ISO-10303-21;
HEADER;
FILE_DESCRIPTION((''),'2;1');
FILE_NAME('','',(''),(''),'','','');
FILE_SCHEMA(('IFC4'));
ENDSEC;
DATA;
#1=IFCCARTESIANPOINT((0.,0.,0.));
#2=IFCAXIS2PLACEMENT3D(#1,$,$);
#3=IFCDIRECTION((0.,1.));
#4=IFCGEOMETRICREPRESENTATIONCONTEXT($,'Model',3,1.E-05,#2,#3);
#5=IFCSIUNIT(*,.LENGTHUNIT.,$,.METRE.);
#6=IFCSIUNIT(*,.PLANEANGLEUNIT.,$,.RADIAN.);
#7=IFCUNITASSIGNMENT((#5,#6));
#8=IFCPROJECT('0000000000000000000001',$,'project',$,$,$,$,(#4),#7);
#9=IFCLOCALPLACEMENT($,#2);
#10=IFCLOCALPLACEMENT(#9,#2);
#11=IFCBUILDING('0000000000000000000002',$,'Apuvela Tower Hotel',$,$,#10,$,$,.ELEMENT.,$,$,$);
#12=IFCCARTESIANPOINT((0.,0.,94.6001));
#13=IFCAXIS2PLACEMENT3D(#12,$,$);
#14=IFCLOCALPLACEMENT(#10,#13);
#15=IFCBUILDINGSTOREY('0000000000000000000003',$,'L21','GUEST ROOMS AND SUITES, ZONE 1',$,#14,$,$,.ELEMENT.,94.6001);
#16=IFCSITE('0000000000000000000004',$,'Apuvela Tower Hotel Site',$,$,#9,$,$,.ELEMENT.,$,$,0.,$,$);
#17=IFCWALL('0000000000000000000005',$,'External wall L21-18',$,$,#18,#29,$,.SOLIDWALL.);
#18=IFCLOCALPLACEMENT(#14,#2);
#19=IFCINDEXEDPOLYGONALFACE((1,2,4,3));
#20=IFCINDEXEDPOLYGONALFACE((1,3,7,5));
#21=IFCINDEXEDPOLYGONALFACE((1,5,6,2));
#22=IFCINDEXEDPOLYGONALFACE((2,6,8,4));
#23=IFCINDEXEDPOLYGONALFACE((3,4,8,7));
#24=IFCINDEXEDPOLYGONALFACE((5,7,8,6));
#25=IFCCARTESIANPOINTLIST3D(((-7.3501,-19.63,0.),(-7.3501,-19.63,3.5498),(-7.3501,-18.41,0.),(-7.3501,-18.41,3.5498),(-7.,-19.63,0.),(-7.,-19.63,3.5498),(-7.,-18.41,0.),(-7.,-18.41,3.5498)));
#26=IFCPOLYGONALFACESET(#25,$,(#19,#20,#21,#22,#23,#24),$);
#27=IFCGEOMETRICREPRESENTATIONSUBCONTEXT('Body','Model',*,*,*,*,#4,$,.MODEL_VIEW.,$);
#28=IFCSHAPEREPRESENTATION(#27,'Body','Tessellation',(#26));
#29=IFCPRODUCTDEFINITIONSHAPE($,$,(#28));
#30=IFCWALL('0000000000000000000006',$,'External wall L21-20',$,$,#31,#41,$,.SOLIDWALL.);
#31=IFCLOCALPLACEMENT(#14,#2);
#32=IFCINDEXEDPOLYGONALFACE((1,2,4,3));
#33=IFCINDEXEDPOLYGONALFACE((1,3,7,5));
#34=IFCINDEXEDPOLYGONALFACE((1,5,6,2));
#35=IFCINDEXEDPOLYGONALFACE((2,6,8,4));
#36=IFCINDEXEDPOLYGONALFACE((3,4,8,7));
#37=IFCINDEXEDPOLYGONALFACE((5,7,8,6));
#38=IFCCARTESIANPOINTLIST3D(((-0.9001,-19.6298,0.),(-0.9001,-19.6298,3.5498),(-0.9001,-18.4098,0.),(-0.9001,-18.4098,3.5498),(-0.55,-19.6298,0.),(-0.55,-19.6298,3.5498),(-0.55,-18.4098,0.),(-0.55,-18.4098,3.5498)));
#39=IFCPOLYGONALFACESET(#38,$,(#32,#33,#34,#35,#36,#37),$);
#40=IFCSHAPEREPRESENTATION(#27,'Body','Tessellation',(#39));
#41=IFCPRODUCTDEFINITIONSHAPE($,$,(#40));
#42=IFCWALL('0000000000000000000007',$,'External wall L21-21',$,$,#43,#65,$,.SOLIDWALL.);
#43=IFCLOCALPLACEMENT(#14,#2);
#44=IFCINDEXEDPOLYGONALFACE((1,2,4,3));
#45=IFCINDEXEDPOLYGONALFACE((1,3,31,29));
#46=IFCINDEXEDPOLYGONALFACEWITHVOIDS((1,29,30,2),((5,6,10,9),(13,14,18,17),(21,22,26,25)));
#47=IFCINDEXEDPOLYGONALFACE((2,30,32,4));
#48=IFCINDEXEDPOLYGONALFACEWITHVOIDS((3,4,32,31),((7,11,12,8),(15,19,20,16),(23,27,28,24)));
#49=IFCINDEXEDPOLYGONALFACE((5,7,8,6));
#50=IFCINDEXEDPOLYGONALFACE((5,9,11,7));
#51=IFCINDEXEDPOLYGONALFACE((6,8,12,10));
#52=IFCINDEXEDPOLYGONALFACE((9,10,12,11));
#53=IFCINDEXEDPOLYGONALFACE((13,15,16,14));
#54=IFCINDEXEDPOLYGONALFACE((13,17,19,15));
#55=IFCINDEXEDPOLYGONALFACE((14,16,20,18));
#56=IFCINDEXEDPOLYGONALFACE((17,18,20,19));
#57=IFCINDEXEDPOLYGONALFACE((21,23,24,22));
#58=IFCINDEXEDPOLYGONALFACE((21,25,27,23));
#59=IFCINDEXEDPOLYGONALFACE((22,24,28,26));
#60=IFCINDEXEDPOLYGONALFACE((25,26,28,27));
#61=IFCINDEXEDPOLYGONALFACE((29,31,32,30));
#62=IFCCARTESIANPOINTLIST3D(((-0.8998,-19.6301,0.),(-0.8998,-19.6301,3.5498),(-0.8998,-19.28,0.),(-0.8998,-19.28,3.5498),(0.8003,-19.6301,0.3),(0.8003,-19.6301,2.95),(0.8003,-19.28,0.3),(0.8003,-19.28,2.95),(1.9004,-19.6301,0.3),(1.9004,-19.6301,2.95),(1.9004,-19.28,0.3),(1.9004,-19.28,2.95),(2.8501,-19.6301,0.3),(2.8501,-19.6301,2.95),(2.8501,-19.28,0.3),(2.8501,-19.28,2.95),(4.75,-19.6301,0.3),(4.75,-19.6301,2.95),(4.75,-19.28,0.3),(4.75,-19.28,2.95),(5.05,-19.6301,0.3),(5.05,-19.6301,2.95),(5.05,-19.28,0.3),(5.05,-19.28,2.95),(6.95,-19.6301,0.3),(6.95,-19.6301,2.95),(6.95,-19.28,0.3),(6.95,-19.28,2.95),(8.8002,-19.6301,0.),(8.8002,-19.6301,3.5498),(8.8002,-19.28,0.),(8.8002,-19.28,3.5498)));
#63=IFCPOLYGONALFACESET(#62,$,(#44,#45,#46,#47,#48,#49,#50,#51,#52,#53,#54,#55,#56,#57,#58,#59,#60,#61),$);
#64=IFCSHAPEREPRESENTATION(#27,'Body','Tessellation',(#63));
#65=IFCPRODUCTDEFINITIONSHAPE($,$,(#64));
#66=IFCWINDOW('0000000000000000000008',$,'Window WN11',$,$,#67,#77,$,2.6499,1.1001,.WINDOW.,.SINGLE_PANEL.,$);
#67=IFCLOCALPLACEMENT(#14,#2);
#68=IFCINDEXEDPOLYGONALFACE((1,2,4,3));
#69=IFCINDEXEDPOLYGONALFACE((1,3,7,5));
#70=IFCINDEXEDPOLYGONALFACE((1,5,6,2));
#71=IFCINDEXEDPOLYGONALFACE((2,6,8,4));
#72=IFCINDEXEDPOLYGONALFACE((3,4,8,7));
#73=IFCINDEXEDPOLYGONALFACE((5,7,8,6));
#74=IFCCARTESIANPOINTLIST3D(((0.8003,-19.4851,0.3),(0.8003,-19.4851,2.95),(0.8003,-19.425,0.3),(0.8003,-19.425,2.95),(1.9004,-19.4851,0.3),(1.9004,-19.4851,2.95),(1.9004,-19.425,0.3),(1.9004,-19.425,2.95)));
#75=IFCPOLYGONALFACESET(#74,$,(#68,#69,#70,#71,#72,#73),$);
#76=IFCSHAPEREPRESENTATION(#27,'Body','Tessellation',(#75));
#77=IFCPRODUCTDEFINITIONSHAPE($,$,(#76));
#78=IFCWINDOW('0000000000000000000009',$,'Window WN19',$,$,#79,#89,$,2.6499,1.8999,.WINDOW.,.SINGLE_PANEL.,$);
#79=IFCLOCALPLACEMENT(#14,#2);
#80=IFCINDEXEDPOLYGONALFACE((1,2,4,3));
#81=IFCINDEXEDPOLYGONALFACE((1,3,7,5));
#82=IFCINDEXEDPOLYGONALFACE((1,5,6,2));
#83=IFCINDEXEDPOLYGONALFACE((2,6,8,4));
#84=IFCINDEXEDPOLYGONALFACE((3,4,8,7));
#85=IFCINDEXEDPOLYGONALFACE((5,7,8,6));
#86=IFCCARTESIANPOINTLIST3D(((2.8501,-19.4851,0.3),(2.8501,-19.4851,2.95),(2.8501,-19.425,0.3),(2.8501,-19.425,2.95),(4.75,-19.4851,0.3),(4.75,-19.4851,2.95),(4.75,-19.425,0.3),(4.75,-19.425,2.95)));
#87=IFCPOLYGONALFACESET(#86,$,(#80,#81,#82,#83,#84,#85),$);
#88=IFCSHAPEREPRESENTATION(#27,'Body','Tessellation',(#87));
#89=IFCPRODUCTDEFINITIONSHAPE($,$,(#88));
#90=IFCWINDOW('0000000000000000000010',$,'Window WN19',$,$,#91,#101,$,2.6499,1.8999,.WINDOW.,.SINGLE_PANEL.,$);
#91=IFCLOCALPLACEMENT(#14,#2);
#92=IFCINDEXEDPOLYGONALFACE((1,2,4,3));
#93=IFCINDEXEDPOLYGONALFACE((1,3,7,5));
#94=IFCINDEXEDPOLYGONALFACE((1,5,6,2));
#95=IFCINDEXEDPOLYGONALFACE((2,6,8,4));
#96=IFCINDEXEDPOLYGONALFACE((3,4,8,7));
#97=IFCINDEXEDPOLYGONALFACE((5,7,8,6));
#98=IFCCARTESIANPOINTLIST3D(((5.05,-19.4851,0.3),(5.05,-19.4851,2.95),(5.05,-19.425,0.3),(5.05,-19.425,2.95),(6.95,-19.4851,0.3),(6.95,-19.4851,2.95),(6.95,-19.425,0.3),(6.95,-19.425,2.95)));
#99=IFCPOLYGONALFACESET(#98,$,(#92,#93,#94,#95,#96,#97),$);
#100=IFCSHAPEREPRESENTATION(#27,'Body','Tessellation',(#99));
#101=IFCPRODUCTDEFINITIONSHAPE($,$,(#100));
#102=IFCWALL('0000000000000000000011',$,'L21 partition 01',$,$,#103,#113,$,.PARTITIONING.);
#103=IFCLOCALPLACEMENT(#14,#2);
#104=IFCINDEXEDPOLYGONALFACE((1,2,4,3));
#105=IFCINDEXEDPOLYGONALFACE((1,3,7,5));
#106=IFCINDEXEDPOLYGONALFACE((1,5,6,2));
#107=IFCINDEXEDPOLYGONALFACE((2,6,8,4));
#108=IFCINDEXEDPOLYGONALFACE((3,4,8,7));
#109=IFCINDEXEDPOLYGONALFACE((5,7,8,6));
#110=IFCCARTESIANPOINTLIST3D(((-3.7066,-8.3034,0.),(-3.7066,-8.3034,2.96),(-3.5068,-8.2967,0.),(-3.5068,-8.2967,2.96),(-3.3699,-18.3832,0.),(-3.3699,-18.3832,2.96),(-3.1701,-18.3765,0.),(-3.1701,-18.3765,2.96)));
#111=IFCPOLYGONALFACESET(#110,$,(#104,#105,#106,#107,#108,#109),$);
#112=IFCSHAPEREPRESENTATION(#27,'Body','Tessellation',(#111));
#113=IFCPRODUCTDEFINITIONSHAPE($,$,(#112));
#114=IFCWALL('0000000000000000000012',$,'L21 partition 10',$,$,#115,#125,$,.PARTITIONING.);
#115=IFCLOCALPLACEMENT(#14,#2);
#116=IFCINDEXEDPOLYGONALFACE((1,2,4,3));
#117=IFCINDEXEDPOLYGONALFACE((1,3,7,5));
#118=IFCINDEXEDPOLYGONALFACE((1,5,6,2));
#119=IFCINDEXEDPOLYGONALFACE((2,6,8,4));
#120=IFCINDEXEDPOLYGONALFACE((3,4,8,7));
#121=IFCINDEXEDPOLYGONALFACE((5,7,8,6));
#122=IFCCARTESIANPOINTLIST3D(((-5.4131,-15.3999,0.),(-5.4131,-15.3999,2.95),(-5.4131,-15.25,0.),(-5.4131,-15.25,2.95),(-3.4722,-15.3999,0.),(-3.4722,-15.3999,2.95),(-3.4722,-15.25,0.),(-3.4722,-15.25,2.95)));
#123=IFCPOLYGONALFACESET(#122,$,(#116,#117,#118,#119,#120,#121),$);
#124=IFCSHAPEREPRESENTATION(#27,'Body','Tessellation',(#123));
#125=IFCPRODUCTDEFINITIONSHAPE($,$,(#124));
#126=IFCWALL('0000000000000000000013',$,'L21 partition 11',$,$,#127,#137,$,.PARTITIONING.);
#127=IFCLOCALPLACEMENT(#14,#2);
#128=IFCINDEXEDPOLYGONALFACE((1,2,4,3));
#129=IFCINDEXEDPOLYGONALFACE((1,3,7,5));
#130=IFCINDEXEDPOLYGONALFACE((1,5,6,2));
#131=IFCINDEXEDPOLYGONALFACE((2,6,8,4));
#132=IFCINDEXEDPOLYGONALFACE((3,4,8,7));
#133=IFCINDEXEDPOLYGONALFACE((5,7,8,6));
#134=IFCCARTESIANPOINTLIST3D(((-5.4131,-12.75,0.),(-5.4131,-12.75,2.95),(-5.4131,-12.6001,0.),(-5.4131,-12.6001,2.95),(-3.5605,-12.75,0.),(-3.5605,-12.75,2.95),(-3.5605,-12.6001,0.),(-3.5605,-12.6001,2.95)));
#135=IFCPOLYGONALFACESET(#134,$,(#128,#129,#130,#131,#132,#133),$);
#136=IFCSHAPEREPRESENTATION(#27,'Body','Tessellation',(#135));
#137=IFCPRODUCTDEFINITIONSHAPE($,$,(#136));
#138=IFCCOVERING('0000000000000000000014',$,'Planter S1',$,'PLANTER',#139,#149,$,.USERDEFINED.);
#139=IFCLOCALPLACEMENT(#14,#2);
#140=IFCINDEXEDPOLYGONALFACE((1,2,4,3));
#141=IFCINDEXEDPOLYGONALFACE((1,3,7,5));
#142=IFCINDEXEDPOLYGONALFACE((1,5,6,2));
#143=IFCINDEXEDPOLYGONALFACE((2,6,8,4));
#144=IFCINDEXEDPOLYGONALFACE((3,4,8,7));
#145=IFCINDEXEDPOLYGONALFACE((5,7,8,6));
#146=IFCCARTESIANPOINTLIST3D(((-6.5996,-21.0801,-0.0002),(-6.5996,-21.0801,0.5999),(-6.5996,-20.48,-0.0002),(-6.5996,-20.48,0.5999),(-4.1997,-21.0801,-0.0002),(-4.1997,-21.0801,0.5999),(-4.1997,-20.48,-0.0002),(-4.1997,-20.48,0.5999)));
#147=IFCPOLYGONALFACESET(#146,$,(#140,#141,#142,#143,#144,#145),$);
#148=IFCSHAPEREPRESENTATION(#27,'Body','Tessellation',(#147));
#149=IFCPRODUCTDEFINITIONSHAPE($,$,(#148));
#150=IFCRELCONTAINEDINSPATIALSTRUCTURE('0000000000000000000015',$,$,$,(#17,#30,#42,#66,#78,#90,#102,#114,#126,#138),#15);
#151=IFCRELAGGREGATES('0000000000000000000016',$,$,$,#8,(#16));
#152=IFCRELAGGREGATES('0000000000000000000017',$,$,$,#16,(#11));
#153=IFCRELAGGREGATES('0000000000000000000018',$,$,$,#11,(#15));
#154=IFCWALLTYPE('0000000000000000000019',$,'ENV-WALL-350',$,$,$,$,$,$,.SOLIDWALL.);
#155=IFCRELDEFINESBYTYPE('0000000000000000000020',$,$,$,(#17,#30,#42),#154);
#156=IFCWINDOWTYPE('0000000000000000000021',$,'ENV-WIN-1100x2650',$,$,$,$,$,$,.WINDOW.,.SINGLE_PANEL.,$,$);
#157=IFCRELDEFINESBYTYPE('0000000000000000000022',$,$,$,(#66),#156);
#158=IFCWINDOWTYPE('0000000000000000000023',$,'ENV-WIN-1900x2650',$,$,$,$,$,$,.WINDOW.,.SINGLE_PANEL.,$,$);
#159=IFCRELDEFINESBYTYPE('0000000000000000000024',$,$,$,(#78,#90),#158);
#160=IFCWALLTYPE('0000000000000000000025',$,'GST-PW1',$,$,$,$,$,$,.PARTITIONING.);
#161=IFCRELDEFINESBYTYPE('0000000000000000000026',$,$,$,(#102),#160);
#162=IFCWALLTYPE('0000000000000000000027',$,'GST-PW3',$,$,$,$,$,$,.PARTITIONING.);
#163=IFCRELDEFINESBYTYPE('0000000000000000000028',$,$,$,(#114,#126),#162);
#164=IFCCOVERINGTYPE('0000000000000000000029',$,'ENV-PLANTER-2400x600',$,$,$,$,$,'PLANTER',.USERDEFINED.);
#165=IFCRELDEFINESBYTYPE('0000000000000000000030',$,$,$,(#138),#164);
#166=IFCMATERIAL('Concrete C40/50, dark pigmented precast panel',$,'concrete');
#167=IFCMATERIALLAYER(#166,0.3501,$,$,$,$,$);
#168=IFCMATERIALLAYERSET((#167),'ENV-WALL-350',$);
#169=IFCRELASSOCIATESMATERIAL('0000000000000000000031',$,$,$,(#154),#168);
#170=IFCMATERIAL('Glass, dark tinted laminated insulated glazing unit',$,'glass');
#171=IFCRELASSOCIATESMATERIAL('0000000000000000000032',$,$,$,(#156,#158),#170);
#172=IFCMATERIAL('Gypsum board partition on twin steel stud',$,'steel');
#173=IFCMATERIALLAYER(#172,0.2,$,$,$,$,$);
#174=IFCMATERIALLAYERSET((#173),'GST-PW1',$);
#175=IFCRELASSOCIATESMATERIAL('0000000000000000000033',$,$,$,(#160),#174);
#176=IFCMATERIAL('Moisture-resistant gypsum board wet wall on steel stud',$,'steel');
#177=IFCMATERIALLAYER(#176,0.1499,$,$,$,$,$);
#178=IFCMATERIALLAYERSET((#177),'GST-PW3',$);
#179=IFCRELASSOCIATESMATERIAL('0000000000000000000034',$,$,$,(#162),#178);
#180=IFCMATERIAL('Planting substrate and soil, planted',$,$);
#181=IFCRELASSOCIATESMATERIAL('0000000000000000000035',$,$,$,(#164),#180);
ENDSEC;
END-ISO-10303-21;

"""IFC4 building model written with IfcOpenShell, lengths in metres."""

from ifc_helpers import new_model, si_unit, direction, frame, frame_2d, origin, origin_2d, place, context, subcontext, project, spatial, rectangle, extrude, material, layer, layer_set, type_object, element, fill, save


model = new_model("IFC4")

# Units and contexts
model_context = context("Model", 3, precision=1e-05, world=origin(), true_north=direction((0.0, 1.0)))
body_context = subcontext(model_context, "Body", "Model", "MODEL_VIEW")
ifc_project = project(units=[si_unit("LENGTHUNIT", "METRE"), si_unit("PLANEANGLEUNIT", "RADIAN")], contexts=[model_context])

# Site, building, storey
site_placement = place(None, origin())
site = spatial("IfcSite", under=ifc_project, at=site_placement, Name="Apuvela Tower Hotel Site", CompositionType="ELEMENT", RefElevation=0.0)
building_placement = place(site_placement, origin())
building = spatial("IfcBuilding", under=site, at=building_placement, Name="Apuvela Tower Hotel", CompositionType="ELEMENT")
storey_placement = place(building_placement, frame((0.0, 0.0, 94.6001)))
storey = spatial("IfcBuildingStorey", under=building, at=storey_placement, Name="L21", Description="GUEST ROOMS AND SUITES, ZONE 1", CompositionType="ELEMENT", Elevation=94.6001)

# Wall
ifc_material_1 = material(Name="Concrete C40/50, dark pigmented precast panel", Category="concrete")
ifc_layer_1 = layer(ifc_material_1, 0.3501)
ifc_layer_set_1 = layer_set([ifc_layer_1], Name="ENV-WALL-350")
wall_type_1 = type_object("IfcWallType", Name="ENV-WALL-350", PredefinedType="SOLIDWALL", material=ifc_layer_set_1)
wall_1_placement = place(storey_placement, frame((-7.175, -19.6299, 0.0), z_axis=(0.0, 0.0, 1.0), x_axis=(0.0, 1.0, 0.0)))
element("IfcWall", 1, at=wall_1_placement, inside=storey, type_object=wall_type_1, Name="External wall L21-18", PredefinedType="SOLIDWALL", context=body_context, shape_type="SweptSolid", body=[
    extrude(rectangle(XDim=1.22, YDim=0.3501, at=frame_2d((0.6099, 0.0))), origin(), (0.0, 0.0, 1.0), 3.5498),
])

# Shared definitions
ifc_material_2 = material(Name="Glass, dark tinted laminated insulated glazing unit", Category="glass")

# Wall
wall_2_placement = place(storey_placement, frame((-0.7251, -18.4099, 0.0), z_axis=(0.0, 0.0, 1.0), x_axis=(0.0, -1.0, 0.0)))
element("IfcWall", 2, at=wall_2_placement, inside=storey, type_object=wall_type_1, Name="External wall L21-20", PredefinedType="SOLIDWALL", context=body_context, shape_type="SweptSolid", body=[
    extrude(rectangle(XDim=1.22, YDim=0.3501, at=frame_2d((0.6099, 0.0))), origin(), (0.0, 0.0, 1.0), 3.5498),
])

# Wall, openings, windows
wall_3_placement = place(storey_placement, frame((-0.8999, -19.4551, 0.0), z_axis=(0.0, 0.0, 1.0), x_axis=(1.0, 0.0, 0.0)))
wall_3 = element("IfcWall", 3, at=wall_3_placement, inside=storey, type_object=wall_type_1, Name="External wall L21-21", PredefinedType="SOLIDWALL", context=body_context, shape_type="SweptSolid", body=[
    extrude(rectangle(XDim=9.7, YDim=0.3501, at=frame_2d((4.8501, 0.0))), origin(), (0.0, 0.0, 1.0), 3.5498),
])
opening_1_placement = place(wall_3_placement, frame((1.7002, 0.0, 0.3)))
opening_1 = element("IfcOpeningElement", 4, at=opening_1_placement, cuts=wall_3, PredefinedType="OPENING", context=body_context, shape_type="SweptSolid", body=[
    extrude(rectangle(XDim=1.1001, YDim=2.6499, at=frame_2d((0.55, 1.325))), frame((0.0, 0.1851, 0.0), z_axis=(0.0, -1.0, 0.0), x_axis=(1.0, 0.0, 0.0)), (0.0, 0.0, 1.0), 0.3701),
])
opening_2_placement = place(wall_3_placement, frame((3.75, 0.0, 0.3)))
opening_2 = element("IfcOpeningElement", 5, at=opening_2_placement, cuts=wall_3, PredefinedType="OPENING", context=body_context, shape_type="SweptSolid", body=[
    extrude(rectangle(XDim=1.8999, YDim=2.6499, at=frame_2d((0.95, 1.325))), frame((0.0, 0.1851, 0.0), z_axis=(0.0, -1.0, 0.0), x_axis=(1.0, 0.0, 0.0)), (0.0, 0.0, 1.0), 0.3701),
])
opening_3_placement = place(wall_3_placement, frame((5.95, 0.0, 0.3)))
opening_3 = element("IfcOpeningElement", 6, at=opening_3_placement, cuts=wall_3, PredefinedType="OPENING", context=body_context, shape_type="SweptSolid", body=[
    extrude(rectangle(XDim=1.8999, YDim=2.6499, at=frame_2d((0.95, 1.325))), frame((0.0, 0.1851, 0.0), z_axis=(0.0, -1.0, 0.0), x_axis=(1.0, 0.0, 0.0)), (0.0, 0.0, 1.0), 0.3701),
])
window_type_1 = type_object("IfcWindowType", Name="ENV-WIN-1100x2650", PartitioningType="SINGLE_PANEL", PredefinedType="WINDOW", material=ifc_material_2)
window_1_placement = place(opening_1_placement, origin())
window_1 = element("IfcWindow", 7, at=window_1_placement, inside=storey, type_object=window_type_1, Name="Window WN11", OverallHeight=2.6499, OverallWidth=1.1001, PartitioningType="SINGLE_PANEL", PredefinedType="WINDOW", context=body_context, shape_type="SweptSolid", body=[
    extrude(rectangle(XDim=1.1001, YDim=2.6499, at=frame_2d((0.55, 1.325))), frame((0.0, 0.03, 0.0), z_axis=(0.0, -1.0, 0.0), x_axis=(1.0, 0.0, 0.0)), (0.0, 0.0, 1.0), 0.0601),
])
fill(opening_1, window_1)
window_type_2 = type_object("IfcWindowType", Name="ENV-WIN-1900x2650", PartitioningType="SINGLE_PANEL", PredefinedType="WINDOW", material=ifc_material_2)
window_2_placement = place(opening_2_placement, origin())
window_2 = element("IfcWindow", 8, at=window_2_placement, inside=storey, type_object=window_type_2, Name="Window WN19", OverallHeight=2.6499, OverallWidth=1.8999, PartitioningType="SINGLE_PANEL", PredefinedType="WINDOW", context=body_context, shape_type="SweptSolid", body=[
    extrude(rectangle(XDim=1.8999, YDim=2.6499, at=frame_2d((0.95, 1.325))), frame((0.0, 0.03, 0.0), z_axis=(0.0, -1.0, 0.0), x_axis=(1.0, 0.0, 0.0)), (0.0, 0.0, 1.0), 0.0601),
])
fill(opening_2, window_2)
window_3_placement = place(opening_3_placement, origin())
window_3 = element("IfcWindow", 9, at=window_3_placement, inside=storey, type_object=window_type_2, Name="Window WN19", OverallHeight=2.6499, OverallWidth=1.8999, PartitioningType="SINGLE_PANEL", PredefinedType="WINDOW", context=body_context, shape_type="SweptSolid", body=[
    extrude(rectangle(XDim=1.8999, YDim=2.6499, at=frame_2d((0.95, 1.325))), frame((0.0, 0.03, 0.0), z_axis=(0.0, -1.0, 0.0), x_axis=(1.0, 0.0, 0.0)), (0.0, 0.0, 1.0), 0.0601),
])
fill(opening_3, window_3)

# Walls
ifc_material_3 = material(Name="Gypsum board partition on twin steel stud", Category="steel")
ifc_layer_2 = layer(ifc_material_3, 0.2)
ifc_layer_set_2 = layer_set([ifc_layer_2], Name="GST-PW1")
wall_type_2 = type_object("IfcWallType", Name="GST-PW1", PredefinedType="PARTITIONING", material=ifc_layer_set_2)
wall_4_placement = place(storey_placement, frame((-3.27, -18.3799, 0.0), z_axis=(0.0, 0.0, 1.0), x_axis=(-0.033382, 0.999443, 0.0)))
element("IfcWall", 10, at=wall_4_placement, inside=storey, type_object=wall_type_2, Name="L21 partition 01", PredefinedType="PARTITIONING", context=body_context, shape_type="SweptSolid", body=[
    extrude(rectangle(XDim=10.0854, YDim=0.2, at=frame_2d((5.0427, 0.0))), origin(), (0.0, 0.0, 1.0), 2.96),
])
ifc_material_4 = material(Name="Moisture-resistant gypsum board wet wall on steel stud", Category="steel")
ifc_layer_3 = layer(ifc_material_4, 0.1499)
ifc_layer_set_3 = layer_set([ifc_layer_3], Name="GST-PW3")
wall_type_3 = type_object("IfcWallType", Name="GST-PW3", PredefinedType="PARTITIONING", material=ifc_layer_set_3)
wall_5_placement = place(storey_placement, frame((-5.4131, -15.325, 0.0), z_axis=(0.0, 0.0, 1.0), x_axis=(1.0, 0.0, 0.0)))
element("IfcWall", 11, at=wall_5_placement, inside=storey, type_object=wall_type_3, Name="L21 partition 10", PredefinedType="PARTITIONING", context=body_context, shape_type="SweptSolid", body=[
    extrude(rectangle(XDim=1.9409, YDim=0.1499, at=frame_2d((0.9705, 0.0))), origin(), (0.0, 0.0, 1.0), 2.95),
])
wall_6_placement = place(storey_placement, frame((-5.4131, -12.675, 0.0), z_axis=(0.0, 0.0, 1.0), x_axis=(1.0, 0.0, 0.0)))
element("IfcWall", 12, at=wall_6_placement, inside=storey, type_object=wall_type_3, Name="L21 partition 11", PredefinedType="PARTITIONING", context=body_context, shape_type="SweptSolid", body=[
    extrude(rectangle(XDim=1.8525, YDim=0.1499, at=frame_2d((0.9263, 0.0))), origin(), (0.0, 0.0, 1.0), 2.95),
])

# Covering
ifc_material_5 = material(Name="Planting substrate and soil, planted")
covering_type = type_object("IfcCoveringType", Name="ENV-PLANTER-2400x600", ElementType="PLANTER", PredefinedType="USERDEFINED", material=ifc_material_5)
covering_placement = place(storey_placement, frame((-5.3997, -20.78, -0.0002), z_axis=(0.0, 0.0, 1.0), x_axis=(1.0, 0.0, 0.0)))
element("IfcCovering", 13, at=covering_placement, inside=storey, type_object=covering_type, Name="Planter S1", ObjectType="PLANTER", PredefinedType="USERDEFINED", context=body_context, shape_type="SweptSolid", body=[
    extrude(rectangle(XDim=2.3999, YDim=0.6001, at=origin_2d()), origin(), (0.0, 0.0, 1.0), 0.6001),
])

save(model, "model.ifc")
